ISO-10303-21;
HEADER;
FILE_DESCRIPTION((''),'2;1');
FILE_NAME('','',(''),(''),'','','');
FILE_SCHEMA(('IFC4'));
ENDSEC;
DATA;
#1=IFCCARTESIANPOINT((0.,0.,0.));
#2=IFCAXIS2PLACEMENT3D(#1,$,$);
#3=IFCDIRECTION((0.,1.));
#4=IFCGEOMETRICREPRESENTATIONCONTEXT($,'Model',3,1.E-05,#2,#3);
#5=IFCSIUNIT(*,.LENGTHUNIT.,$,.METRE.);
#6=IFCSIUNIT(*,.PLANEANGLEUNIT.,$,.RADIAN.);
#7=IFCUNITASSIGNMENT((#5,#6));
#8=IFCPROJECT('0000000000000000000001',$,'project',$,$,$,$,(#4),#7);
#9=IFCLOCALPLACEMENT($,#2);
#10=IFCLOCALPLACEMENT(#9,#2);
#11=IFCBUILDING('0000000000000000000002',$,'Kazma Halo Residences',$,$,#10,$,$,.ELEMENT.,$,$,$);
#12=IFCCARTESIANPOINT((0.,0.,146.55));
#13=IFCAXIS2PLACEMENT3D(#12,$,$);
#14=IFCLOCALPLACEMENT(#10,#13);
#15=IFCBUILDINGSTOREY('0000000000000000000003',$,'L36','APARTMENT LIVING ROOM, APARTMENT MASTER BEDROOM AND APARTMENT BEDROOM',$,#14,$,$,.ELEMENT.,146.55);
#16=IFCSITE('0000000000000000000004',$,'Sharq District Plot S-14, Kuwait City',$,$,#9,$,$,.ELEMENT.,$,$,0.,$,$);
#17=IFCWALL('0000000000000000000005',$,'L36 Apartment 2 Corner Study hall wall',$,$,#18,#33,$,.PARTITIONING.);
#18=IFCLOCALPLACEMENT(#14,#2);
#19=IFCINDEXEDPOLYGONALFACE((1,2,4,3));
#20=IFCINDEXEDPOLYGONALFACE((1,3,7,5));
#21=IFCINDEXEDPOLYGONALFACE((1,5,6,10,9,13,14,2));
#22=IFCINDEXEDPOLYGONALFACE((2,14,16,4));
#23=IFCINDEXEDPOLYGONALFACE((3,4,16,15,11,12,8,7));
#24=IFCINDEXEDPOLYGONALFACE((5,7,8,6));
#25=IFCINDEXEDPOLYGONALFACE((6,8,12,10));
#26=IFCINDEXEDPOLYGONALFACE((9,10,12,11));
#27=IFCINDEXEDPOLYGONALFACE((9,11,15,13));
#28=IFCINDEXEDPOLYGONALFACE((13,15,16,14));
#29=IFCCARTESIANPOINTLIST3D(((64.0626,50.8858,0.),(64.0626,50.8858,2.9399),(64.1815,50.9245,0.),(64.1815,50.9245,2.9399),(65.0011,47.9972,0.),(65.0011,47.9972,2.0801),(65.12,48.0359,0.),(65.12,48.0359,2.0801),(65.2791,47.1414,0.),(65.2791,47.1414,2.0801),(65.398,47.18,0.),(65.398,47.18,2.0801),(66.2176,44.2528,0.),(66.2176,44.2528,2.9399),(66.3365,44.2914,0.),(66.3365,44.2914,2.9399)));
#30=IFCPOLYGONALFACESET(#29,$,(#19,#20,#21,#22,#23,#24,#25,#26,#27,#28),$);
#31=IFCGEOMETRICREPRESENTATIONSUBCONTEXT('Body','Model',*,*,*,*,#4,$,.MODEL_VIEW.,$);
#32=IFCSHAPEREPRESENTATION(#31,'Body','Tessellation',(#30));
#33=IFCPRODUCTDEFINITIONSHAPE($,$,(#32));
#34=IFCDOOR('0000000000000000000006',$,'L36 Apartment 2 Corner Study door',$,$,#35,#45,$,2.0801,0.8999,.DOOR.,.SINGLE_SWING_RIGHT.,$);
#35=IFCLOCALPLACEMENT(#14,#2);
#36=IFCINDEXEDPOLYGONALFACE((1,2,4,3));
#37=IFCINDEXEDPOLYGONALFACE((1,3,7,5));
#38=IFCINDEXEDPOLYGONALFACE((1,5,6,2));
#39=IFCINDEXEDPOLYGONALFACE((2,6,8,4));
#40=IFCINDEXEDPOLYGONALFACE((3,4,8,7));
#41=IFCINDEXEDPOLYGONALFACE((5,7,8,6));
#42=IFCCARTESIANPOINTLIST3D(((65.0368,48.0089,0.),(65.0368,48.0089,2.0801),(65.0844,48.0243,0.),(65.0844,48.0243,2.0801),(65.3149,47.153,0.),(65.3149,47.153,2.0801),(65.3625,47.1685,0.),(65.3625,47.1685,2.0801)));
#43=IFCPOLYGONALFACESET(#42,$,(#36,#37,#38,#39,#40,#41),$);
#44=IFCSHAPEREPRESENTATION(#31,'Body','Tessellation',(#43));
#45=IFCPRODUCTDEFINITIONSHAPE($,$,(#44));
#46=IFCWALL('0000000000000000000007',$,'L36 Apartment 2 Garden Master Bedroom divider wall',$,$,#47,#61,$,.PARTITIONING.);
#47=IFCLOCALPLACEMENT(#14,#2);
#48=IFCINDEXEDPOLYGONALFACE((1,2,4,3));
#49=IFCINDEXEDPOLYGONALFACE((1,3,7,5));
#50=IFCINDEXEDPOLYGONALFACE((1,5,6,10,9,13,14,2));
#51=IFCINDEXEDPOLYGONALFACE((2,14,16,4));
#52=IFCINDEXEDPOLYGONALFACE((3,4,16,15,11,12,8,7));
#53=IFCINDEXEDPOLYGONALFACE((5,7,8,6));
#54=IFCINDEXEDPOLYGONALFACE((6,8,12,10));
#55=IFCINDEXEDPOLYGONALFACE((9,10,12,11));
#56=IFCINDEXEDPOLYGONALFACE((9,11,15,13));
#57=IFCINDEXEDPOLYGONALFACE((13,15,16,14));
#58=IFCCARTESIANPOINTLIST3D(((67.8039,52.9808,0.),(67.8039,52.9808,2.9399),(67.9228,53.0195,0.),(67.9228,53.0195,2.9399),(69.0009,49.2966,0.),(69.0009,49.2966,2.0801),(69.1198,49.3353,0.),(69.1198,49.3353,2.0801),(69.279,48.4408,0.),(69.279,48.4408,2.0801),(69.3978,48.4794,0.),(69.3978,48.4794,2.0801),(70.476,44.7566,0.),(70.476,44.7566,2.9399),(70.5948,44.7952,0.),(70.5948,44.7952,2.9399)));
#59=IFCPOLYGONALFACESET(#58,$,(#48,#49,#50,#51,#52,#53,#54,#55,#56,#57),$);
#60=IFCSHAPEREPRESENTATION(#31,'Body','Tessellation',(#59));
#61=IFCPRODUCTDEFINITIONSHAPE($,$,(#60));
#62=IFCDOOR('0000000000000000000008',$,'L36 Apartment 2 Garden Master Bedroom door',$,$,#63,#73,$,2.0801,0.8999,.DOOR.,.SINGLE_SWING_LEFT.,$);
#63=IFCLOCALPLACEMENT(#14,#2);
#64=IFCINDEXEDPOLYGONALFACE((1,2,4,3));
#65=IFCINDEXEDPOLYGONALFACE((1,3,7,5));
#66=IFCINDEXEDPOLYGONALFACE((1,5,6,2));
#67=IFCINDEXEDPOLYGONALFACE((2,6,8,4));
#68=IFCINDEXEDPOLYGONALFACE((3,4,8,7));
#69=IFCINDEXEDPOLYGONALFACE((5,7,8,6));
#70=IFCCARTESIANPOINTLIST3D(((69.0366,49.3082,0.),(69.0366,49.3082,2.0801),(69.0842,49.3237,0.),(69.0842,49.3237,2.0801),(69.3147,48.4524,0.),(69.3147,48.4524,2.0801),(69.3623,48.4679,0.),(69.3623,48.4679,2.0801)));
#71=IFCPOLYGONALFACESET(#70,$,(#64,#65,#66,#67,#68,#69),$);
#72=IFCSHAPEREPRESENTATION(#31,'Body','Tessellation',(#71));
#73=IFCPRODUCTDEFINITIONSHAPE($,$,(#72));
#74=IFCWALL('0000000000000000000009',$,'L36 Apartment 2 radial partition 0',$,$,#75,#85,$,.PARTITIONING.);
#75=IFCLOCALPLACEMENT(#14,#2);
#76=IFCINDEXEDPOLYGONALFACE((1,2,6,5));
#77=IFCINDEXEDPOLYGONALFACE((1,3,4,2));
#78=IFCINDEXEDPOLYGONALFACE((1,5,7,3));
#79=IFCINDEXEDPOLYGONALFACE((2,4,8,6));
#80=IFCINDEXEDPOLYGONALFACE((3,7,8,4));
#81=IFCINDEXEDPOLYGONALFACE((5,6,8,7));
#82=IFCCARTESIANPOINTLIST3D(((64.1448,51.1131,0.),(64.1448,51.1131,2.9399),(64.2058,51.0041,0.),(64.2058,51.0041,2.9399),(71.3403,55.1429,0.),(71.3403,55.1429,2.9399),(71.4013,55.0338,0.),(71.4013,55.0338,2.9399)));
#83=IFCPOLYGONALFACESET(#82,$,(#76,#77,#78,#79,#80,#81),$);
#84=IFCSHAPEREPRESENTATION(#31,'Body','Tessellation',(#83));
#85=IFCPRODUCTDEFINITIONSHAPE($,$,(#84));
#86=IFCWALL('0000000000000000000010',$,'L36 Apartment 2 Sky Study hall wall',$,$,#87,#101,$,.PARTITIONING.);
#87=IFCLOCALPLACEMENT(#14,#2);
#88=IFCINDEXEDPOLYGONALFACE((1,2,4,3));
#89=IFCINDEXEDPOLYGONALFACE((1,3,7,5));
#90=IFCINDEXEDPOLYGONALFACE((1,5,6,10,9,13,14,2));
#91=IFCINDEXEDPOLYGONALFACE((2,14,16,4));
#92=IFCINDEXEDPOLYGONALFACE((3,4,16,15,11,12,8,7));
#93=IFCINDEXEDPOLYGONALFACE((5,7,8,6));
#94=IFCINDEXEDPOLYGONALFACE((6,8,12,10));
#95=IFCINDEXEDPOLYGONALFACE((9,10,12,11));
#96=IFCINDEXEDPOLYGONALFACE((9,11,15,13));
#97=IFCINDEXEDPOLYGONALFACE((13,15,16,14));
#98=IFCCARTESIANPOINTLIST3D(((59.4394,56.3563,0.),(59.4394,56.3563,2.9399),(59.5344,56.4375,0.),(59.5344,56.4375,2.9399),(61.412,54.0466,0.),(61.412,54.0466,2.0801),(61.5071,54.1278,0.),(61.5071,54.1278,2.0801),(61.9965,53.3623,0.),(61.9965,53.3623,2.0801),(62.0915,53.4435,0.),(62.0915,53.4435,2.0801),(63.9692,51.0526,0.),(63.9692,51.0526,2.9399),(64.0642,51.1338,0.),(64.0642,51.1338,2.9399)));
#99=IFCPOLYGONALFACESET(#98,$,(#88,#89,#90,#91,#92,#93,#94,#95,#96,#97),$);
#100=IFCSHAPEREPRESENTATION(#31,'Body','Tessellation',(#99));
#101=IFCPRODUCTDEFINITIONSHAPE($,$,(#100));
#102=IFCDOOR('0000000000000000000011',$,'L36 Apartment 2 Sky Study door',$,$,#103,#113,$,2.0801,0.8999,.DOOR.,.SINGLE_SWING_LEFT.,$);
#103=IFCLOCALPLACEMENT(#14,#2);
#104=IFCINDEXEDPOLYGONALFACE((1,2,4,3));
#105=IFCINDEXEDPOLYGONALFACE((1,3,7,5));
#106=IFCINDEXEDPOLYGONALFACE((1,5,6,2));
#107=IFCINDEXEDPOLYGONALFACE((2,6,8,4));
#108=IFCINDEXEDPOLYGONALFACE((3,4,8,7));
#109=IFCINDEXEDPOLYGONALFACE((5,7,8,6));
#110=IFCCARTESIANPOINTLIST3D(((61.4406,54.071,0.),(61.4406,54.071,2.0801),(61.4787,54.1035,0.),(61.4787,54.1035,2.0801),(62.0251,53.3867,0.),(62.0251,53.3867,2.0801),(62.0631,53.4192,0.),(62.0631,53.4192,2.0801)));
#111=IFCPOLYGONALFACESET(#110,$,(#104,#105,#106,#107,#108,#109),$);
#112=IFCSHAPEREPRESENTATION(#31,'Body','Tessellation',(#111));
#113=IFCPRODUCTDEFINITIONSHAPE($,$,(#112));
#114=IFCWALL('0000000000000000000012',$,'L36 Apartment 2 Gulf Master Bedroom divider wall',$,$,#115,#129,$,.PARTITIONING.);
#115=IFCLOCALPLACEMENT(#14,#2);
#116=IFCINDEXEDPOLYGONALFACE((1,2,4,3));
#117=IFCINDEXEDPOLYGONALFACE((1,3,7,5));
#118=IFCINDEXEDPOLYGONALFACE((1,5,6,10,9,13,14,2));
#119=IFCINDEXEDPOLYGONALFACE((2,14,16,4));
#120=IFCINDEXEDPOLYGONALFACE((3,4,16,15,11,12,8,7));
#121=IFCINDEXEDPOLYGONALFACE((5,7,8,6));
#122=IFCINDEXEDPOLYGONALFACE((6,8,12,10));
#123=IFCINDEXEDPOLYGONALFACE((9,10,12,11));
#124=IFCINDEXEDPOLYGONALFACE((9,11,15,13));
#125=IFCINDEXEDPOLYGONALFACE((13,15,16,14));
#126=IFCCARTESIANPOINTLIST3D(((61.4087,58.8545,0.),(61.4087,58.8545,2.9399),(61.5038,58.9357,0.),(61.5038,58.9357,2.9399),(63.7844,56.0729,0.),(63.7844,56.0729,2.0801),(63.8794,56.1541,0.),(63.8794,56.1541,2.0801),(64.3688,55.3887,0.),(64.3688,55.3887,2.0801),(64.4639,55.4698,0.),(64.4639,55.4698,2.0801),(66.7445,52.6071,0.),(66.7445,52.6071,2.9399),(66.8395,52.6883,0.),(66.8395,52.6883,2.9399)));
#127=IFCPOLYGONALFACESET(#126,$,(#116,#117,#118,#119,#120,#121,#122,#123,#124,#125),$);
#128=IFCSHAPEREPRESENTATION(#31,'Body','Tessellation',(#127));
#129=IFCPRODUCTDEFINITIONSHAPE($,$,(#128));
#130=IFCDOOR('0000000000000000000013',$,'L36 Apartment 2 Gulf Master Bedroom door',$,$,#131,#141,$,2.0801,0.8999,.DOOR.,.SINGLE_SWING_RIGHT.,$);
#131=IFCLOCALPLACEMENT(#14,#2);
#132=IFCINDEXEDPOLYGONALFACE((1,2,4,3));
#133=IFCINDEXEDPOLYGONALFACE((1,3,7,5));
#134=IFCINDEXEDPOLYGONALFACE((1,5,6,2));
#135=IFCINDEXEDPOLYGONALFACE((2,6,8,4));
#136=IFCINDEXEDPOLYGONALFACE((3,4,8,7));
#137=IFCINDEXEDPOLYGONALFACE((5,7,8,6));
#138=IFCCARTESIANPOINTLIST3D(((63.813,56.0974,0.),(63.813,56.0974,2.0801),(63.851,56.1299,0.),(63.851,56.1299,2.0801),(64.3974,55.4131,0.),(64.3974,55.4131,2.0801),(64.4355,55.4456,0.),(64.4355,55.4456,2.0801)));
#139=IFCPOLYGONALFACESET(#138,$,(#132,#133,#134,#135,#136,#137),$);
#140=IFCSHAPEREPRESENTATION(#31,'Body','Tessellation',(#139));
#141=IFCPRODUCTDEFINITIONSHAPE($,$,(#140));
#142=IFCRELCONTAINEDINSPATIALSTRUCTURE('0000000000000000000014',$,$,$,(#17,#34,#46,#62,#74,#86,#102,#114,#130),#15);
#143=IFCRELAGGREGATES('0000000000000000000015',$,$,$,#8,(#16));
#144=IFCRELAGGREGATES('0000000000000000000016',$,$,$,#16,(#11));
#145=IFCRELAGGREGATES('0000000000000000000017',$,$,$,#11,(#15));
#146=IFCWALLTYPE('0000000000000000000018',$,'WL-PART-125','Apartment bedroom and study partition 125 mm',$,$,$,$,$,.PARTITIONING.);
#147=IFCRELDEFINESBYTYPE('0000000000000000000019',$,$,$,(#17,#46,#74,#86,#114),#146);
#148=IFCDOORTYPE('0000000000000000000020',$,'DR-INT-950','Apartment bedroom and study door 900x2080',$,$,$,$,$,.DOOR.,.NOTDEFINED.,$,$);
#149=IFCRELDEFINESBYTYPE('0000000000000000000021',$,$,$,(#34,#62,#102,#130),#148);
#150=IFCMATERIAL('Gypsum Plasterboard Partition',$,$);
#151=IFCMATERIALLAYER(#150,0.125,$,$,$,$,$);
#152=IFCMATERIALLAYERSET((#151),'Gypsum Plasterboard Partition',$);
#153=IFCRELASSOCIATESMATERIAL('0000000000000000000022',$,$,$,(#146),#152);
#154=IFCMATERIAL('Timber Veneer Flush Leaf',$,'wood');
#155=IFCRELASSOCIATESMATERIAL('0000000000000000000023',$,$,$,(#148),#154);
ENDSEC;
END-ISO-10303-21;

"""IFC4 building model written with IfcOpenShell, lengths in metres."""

from ifc_helpers import new_model, si_unit, direction, frame, frame_2d, origin, place, context, subcontext, project, spatial, rectangle, extrude, material, layer, layer_set, type_object, element, fill, save


model = new_model("IFC4")

# Units and contexts
model_context = context("Model", 3, precision=1e-05, world=origin(), true_north=direction((0.0, 1.0)))
body_context = subcontext(model_context, "Body", "Model", "MODEL_VIEW")
ifc_project = project(units=[si_unit("LENGTHUNIT", "METRE"), si_unit("PLANEANGLEUNIT", "RADIAN")], contexts=[model_context])

# Site, building, storey
site_placement = place(None, origin())
site = spatial("IfcSite", under=ifc_project, at=site_placement, Name="Sharq District Plot S-14, Kuwait City", CompositionType="ELEMENT", RefElevation=0.0)
building_placement = place(site_placement, origin())
building = spatial("IfcBuilding", under=site, at=building_placement, Name="Kazma Halo Residences", CompositionType="ELEMENT")
storey_placement = place(building_placement, frame((0.0, 0.0, 146.55)))
storey = spatial("IfcBuildingStorey", under=building, at=storey_placement, Name="L36", Description="APARTMENT LIVING ROOM, APARTMENT MASTER BEDROOM AND APARTMENT BEDROOM", CompositionType="ELEMENT", Elevation=146.55)

# Shared definitions
ifc_material_1 = material(Name="Gypsum Plasterboard Partition")
ifc_layer_1 = layer(ifc_material_1, 0.125)
ifc_layer_set_1 = layer_set([ifc_layer_1], Name="Gypsum Plasterboard Partition")
wall_type_1 = type_object("IfcWallType", Name="WL-PART-125", Description="Apartment bedroom and study partition 125 mm", PredefinedType="PARTITIONING", material=ifc_layer_set_1)

# Walls, openings, doors
wall_1_placement = place(storey_placement, frame((66.2771, 44.272, 0.0), z_axis=(0.0, 0.0, 1.0), x_axis=(-0.308993, 0.951064, 0.0)))
wall_1 = element("IfcWall", 1, at=wall_1_placement, inside=storey, type_object=wall_type_1, Name="L36 Apartment 2 Corner Study hall wall", PredefinedType="PARTITIONING", context=body_context, shape_type="SweptSolid", body=[
    extrude(rectangle(XDim=6.9744, YDim=0.125, at=frame_2d((3.4873, 0.0))), origin(), (0.0, 0.0, 1.0), 2.9399),
])
opening_1_placement = place(wall_1_placement, frame((3.0374, 0.0, 0.0)))
opening_1 = element("IfcOpeningElement", 2, at=opening_1_placement, cuts=wall_1, PredefinedType="OPENING", context=body_context, shape_type="SweptSolid", body=[
    extrude(rectangle(XDim=0.8999, YDim=2.0801, at=frame_2d((0.45, 1.04))), frame((0.0, 0.0725, 0.0), z_axis=(0.0, -1.0, 0.0), x_axis=(1.0, 0.0, 0.0)), (0.0, 0.0, 1.0), 0.145),
])
ifc_material_2 = material(Name="Timber Veneer Flush Leaf", Category="wood")
door_type = type_object("IfcDoorType", Name="DR-INT-950", Description="Apartment bedroom and study door 900x2080", OperationType="NOTDEFINED", PredefinedType="DOOR", material=ifc_material_2)
door_1_placement = place(opening_1_placement, origin())
door_1 = element("IfcDoor", 3, at=door_1_placement, inside=storey, type_object=door_type, Name="L36 Apartment 2 Corner Study door", OperationType="SINGLE_SWING_RIGHT", OverallHeight=2.0801, OverallWidth=0.8999, PredefinedType="DOOR", context=body_context, shape_type="SweptSolid", body=[
    extrude(rectangle(XDim=0.8999, YDim=2.0801, at=frame_2d((0.45, 1.04))), frame((0.0, 0.0249, 0.0), z_axis=(0.0, -1.0, 0.0), x_axis=(1.0, 0.0, 0.0)), (0.0, 0.0, 1.0), 0.05),
])
fill(opening_1, door_1)
wall_2_placement = place(storey_placement, frame((70.5354, 44.7759, 0.0), z_axis=(0.0, 0.0, 1.0), x_axis=(-0.309002, 0.951061, 0.0)))
wall_2 = element("IfcWall", 4, at=wall_2_placement, inside=storey, type_object=wall_type_1, Name="L36 Apartment 2 Garden Master Bedroom divider wall", PredefinedType="PARTITIONING", context=body_context, shape_type="SweptSolid", body=[
    extrude(rectangle(XDim=8.6475, YDim=0.125, at=frame_2d((4.3237, 0.0))), origin(), (0.0, 0.0, 1.0), 2.9399),
])
opening_2_placement = place(wall_2_placement, frame((3.8738, 0.0, 0.0)))
opening_2 = element("IfcOpeningElement", 5, at=opening_2_placement, cuts=wall_2, PredefinedType="OPENING", context=body_context, shape_type="SweptSolid", body=[
    extrude(rectangle(XDim=0.8999, YDim=2.0801, at=frame_2d((0.45, 1.04))), frame((0.0, 0.0725, 0.0), z_axis=(0.0, -1.0, 0.0), x_axis=(1.0, 0.0, 0.0)), (0.0, 0.0, 1.0), 0.145),
])
door_2_placement = place(opening_2_placement, origin())
door_2 = element("IfcDoor", 6, at=door_2_placement, inside=storey, type_object=door_type, Name="L36 Apartment 2 Garden Master Bedroom door", OperationType="SINGLE_SWING_LEFT", OverallHeight=2.0801, OverallWidth=0.8999, PredefinedType="DOOR", context=body_context, shape_type="SweptSolid", body=[
    extrude(rectangle(XDim=0.8999, YDim=2.0801, at=frame_2d((0.45, 1.04))), frame((0.0, 0.0249, 0.0), z_axis=(0.0, -1.0, 0.0), x_axis=(1.0, 0.0, 0.0)), (0.0, 0.0, 1.0), 0.05),
])
fill(opening_2, door_2)

# Wall
wall_3_placement = place(storey_placement, frame((64.1753, 51.0586, 0.0), z_axis=(0.0, 0.0, 1.0), x_axis=(0.872492, 0.488629, 0.0)))
element("IfcWall", 7, at=wall_3_placement, inside=storey, type_object=wall_type_1, Name="L36 Apartment 2 radial partition 0", PredefinedType="PARTITIONING", context=body_context, shape_type="SweptSolid", body=[
    extrude(rectangle(XDim=8.2471, YDim=0.125, at=frame_2d((4.1235, 0.0))), origin(), (0.0, 0.0, 1.0), 2.9399),
])

# Walls, openings, doors
wall_4_placement = place(storey_placement, frame((64.0166, 51.0933, 0.0), z_axis=(0.0, 0.0, 1.0), x_axis=(-0.649447, 0.760407, 0.0)))
wall_4 = element("IfcWall", 8, at=wall_4_placement, inside=storey, type_object=wall_type_1, Name="L36 Apartment 2 Sky Study hall wall", PredefinedType="PARTITIONING", context=body_context, shape_type="SweptSolid", body=[
    extrude(rectangle(XDim=6.9749, YDim=0.125, at=frame_2d((3.4873, 0.0))), origin(), (0.0, 0.0, 1.0), 2.9399),
])
opening_3_placement = place(wall_4_placement, frame((3.0374, 0.0, 0.0)))
opening_3 = element("IfcOpeningElement", 9, at=opening_3_placement, cuts=wall_4, PredefinedType="OPENING", context=body_context, shape_type="SweptSolid", body=[
    extrude(rectangle(XDim=0.8999, YDim=2.0801, at=frame_2d((0.45, 1.04))), frame((0.0, 0.0725, 0.0), z_axis=(0.0, -1.0, 0.0), x_axis=(1.0, 0.0, 0.0)), (0.0, 0.0, 1.0), 0.145),
])
door_3_placement = place(opening_3_placement, origin())
door_3 = element("IfcDoor", 10, at=door_3_placement, inside=storey, type_object=door_type, Name="L36 Apartment 2 Sky Study door", OperationType="SINGLE_SWING_LEFT", OverallHeight=2.0801, OverallWidth=0.8999, PredefinedType="DOOR", context=body_context, shape_type="SweptSolid", body=[
    extrude(rectangle(XDim=0.8999, YDim=2.0801, at=frame_2d((0.45, 1.04))), frame((0.0, 0.0249, 0.0), z_axis=(0.0, -1.0, 0.0), x_axis=(1.0, 0.0, 0.0)), (0.0, 0.0, 1.0), 0.05),
])
fill(opening_3, door_3)
wall_5_placement = place(storey_placement, frame((66.792, 52.6477, 0.0), z_axis=(0.0, 0.0, 1.0), x_axis=(-0.649447, 0.760407, 0.0)))
wall_5 = element("IfcWall", 11, at=wall_5_placement, inside=storey, type_object=wall_type_1, Name="L36 Apartment 2 Gulf Master Bedroom divider wall", PredefinedType="PARTITIONING", context=body_context, shape_type="SweptSolid", body=[
    extrude(rectangle(XDim=8.2158, YDim=0.125, at=frame_2d((4.1079, 0.0))), origin(), (0.0, 0.0, 1.0), 2.9399),
])
opening_4_placement = place(wall_5_placement, frame((3.658, 0.0, 0.0)))
opening_4 = element("IfcOpeningElement", 12, at=opening_4_placement, cuts=wall_5, PredefinedType="OPENING", context=body_context, shape_type="SweptSolid", body=[
    extrude(rectangle(XDim=0.8999, YDim=2.0801, at=frame_2d((0.45, 1.04))), frame((0.0, 0.0725, 0.0), z_axis=(0.0, -1.0, 0.0), x_axis=(1.0, 0.0, 0.0)), (0.0, 0.0, 1.0), 0.145),
])
door_4_placement = place(opening_4_placement, origin())
door_4 = element("IfcDoor", 13, at=door_4_placement, inside=storey, type_object=door_type, Name="L36 Apartment 2 Gulf Master Bedroom door", OperationType="SINGLE_SWING_RIGHT", OverallHeight=2.0801, OverallWidth=0.8999, PredefinedType="DOOR", context=body_context, shape_type="SweptSolid", body=[
    extrude(rectangle(XDim=0.8999, YDim=2.0801, at=frame_2d((0.45, 1.04))), frame((0.0, 0.0249, 0.0), z_axis=(0.0, -1.0, 0.0), x_axis=(1.0, 0.0, 0.0)), (0.0, 0.0, 1.0), 0.05),
])
fill(opening_4, door_4)

save(model, "model.ifc")
